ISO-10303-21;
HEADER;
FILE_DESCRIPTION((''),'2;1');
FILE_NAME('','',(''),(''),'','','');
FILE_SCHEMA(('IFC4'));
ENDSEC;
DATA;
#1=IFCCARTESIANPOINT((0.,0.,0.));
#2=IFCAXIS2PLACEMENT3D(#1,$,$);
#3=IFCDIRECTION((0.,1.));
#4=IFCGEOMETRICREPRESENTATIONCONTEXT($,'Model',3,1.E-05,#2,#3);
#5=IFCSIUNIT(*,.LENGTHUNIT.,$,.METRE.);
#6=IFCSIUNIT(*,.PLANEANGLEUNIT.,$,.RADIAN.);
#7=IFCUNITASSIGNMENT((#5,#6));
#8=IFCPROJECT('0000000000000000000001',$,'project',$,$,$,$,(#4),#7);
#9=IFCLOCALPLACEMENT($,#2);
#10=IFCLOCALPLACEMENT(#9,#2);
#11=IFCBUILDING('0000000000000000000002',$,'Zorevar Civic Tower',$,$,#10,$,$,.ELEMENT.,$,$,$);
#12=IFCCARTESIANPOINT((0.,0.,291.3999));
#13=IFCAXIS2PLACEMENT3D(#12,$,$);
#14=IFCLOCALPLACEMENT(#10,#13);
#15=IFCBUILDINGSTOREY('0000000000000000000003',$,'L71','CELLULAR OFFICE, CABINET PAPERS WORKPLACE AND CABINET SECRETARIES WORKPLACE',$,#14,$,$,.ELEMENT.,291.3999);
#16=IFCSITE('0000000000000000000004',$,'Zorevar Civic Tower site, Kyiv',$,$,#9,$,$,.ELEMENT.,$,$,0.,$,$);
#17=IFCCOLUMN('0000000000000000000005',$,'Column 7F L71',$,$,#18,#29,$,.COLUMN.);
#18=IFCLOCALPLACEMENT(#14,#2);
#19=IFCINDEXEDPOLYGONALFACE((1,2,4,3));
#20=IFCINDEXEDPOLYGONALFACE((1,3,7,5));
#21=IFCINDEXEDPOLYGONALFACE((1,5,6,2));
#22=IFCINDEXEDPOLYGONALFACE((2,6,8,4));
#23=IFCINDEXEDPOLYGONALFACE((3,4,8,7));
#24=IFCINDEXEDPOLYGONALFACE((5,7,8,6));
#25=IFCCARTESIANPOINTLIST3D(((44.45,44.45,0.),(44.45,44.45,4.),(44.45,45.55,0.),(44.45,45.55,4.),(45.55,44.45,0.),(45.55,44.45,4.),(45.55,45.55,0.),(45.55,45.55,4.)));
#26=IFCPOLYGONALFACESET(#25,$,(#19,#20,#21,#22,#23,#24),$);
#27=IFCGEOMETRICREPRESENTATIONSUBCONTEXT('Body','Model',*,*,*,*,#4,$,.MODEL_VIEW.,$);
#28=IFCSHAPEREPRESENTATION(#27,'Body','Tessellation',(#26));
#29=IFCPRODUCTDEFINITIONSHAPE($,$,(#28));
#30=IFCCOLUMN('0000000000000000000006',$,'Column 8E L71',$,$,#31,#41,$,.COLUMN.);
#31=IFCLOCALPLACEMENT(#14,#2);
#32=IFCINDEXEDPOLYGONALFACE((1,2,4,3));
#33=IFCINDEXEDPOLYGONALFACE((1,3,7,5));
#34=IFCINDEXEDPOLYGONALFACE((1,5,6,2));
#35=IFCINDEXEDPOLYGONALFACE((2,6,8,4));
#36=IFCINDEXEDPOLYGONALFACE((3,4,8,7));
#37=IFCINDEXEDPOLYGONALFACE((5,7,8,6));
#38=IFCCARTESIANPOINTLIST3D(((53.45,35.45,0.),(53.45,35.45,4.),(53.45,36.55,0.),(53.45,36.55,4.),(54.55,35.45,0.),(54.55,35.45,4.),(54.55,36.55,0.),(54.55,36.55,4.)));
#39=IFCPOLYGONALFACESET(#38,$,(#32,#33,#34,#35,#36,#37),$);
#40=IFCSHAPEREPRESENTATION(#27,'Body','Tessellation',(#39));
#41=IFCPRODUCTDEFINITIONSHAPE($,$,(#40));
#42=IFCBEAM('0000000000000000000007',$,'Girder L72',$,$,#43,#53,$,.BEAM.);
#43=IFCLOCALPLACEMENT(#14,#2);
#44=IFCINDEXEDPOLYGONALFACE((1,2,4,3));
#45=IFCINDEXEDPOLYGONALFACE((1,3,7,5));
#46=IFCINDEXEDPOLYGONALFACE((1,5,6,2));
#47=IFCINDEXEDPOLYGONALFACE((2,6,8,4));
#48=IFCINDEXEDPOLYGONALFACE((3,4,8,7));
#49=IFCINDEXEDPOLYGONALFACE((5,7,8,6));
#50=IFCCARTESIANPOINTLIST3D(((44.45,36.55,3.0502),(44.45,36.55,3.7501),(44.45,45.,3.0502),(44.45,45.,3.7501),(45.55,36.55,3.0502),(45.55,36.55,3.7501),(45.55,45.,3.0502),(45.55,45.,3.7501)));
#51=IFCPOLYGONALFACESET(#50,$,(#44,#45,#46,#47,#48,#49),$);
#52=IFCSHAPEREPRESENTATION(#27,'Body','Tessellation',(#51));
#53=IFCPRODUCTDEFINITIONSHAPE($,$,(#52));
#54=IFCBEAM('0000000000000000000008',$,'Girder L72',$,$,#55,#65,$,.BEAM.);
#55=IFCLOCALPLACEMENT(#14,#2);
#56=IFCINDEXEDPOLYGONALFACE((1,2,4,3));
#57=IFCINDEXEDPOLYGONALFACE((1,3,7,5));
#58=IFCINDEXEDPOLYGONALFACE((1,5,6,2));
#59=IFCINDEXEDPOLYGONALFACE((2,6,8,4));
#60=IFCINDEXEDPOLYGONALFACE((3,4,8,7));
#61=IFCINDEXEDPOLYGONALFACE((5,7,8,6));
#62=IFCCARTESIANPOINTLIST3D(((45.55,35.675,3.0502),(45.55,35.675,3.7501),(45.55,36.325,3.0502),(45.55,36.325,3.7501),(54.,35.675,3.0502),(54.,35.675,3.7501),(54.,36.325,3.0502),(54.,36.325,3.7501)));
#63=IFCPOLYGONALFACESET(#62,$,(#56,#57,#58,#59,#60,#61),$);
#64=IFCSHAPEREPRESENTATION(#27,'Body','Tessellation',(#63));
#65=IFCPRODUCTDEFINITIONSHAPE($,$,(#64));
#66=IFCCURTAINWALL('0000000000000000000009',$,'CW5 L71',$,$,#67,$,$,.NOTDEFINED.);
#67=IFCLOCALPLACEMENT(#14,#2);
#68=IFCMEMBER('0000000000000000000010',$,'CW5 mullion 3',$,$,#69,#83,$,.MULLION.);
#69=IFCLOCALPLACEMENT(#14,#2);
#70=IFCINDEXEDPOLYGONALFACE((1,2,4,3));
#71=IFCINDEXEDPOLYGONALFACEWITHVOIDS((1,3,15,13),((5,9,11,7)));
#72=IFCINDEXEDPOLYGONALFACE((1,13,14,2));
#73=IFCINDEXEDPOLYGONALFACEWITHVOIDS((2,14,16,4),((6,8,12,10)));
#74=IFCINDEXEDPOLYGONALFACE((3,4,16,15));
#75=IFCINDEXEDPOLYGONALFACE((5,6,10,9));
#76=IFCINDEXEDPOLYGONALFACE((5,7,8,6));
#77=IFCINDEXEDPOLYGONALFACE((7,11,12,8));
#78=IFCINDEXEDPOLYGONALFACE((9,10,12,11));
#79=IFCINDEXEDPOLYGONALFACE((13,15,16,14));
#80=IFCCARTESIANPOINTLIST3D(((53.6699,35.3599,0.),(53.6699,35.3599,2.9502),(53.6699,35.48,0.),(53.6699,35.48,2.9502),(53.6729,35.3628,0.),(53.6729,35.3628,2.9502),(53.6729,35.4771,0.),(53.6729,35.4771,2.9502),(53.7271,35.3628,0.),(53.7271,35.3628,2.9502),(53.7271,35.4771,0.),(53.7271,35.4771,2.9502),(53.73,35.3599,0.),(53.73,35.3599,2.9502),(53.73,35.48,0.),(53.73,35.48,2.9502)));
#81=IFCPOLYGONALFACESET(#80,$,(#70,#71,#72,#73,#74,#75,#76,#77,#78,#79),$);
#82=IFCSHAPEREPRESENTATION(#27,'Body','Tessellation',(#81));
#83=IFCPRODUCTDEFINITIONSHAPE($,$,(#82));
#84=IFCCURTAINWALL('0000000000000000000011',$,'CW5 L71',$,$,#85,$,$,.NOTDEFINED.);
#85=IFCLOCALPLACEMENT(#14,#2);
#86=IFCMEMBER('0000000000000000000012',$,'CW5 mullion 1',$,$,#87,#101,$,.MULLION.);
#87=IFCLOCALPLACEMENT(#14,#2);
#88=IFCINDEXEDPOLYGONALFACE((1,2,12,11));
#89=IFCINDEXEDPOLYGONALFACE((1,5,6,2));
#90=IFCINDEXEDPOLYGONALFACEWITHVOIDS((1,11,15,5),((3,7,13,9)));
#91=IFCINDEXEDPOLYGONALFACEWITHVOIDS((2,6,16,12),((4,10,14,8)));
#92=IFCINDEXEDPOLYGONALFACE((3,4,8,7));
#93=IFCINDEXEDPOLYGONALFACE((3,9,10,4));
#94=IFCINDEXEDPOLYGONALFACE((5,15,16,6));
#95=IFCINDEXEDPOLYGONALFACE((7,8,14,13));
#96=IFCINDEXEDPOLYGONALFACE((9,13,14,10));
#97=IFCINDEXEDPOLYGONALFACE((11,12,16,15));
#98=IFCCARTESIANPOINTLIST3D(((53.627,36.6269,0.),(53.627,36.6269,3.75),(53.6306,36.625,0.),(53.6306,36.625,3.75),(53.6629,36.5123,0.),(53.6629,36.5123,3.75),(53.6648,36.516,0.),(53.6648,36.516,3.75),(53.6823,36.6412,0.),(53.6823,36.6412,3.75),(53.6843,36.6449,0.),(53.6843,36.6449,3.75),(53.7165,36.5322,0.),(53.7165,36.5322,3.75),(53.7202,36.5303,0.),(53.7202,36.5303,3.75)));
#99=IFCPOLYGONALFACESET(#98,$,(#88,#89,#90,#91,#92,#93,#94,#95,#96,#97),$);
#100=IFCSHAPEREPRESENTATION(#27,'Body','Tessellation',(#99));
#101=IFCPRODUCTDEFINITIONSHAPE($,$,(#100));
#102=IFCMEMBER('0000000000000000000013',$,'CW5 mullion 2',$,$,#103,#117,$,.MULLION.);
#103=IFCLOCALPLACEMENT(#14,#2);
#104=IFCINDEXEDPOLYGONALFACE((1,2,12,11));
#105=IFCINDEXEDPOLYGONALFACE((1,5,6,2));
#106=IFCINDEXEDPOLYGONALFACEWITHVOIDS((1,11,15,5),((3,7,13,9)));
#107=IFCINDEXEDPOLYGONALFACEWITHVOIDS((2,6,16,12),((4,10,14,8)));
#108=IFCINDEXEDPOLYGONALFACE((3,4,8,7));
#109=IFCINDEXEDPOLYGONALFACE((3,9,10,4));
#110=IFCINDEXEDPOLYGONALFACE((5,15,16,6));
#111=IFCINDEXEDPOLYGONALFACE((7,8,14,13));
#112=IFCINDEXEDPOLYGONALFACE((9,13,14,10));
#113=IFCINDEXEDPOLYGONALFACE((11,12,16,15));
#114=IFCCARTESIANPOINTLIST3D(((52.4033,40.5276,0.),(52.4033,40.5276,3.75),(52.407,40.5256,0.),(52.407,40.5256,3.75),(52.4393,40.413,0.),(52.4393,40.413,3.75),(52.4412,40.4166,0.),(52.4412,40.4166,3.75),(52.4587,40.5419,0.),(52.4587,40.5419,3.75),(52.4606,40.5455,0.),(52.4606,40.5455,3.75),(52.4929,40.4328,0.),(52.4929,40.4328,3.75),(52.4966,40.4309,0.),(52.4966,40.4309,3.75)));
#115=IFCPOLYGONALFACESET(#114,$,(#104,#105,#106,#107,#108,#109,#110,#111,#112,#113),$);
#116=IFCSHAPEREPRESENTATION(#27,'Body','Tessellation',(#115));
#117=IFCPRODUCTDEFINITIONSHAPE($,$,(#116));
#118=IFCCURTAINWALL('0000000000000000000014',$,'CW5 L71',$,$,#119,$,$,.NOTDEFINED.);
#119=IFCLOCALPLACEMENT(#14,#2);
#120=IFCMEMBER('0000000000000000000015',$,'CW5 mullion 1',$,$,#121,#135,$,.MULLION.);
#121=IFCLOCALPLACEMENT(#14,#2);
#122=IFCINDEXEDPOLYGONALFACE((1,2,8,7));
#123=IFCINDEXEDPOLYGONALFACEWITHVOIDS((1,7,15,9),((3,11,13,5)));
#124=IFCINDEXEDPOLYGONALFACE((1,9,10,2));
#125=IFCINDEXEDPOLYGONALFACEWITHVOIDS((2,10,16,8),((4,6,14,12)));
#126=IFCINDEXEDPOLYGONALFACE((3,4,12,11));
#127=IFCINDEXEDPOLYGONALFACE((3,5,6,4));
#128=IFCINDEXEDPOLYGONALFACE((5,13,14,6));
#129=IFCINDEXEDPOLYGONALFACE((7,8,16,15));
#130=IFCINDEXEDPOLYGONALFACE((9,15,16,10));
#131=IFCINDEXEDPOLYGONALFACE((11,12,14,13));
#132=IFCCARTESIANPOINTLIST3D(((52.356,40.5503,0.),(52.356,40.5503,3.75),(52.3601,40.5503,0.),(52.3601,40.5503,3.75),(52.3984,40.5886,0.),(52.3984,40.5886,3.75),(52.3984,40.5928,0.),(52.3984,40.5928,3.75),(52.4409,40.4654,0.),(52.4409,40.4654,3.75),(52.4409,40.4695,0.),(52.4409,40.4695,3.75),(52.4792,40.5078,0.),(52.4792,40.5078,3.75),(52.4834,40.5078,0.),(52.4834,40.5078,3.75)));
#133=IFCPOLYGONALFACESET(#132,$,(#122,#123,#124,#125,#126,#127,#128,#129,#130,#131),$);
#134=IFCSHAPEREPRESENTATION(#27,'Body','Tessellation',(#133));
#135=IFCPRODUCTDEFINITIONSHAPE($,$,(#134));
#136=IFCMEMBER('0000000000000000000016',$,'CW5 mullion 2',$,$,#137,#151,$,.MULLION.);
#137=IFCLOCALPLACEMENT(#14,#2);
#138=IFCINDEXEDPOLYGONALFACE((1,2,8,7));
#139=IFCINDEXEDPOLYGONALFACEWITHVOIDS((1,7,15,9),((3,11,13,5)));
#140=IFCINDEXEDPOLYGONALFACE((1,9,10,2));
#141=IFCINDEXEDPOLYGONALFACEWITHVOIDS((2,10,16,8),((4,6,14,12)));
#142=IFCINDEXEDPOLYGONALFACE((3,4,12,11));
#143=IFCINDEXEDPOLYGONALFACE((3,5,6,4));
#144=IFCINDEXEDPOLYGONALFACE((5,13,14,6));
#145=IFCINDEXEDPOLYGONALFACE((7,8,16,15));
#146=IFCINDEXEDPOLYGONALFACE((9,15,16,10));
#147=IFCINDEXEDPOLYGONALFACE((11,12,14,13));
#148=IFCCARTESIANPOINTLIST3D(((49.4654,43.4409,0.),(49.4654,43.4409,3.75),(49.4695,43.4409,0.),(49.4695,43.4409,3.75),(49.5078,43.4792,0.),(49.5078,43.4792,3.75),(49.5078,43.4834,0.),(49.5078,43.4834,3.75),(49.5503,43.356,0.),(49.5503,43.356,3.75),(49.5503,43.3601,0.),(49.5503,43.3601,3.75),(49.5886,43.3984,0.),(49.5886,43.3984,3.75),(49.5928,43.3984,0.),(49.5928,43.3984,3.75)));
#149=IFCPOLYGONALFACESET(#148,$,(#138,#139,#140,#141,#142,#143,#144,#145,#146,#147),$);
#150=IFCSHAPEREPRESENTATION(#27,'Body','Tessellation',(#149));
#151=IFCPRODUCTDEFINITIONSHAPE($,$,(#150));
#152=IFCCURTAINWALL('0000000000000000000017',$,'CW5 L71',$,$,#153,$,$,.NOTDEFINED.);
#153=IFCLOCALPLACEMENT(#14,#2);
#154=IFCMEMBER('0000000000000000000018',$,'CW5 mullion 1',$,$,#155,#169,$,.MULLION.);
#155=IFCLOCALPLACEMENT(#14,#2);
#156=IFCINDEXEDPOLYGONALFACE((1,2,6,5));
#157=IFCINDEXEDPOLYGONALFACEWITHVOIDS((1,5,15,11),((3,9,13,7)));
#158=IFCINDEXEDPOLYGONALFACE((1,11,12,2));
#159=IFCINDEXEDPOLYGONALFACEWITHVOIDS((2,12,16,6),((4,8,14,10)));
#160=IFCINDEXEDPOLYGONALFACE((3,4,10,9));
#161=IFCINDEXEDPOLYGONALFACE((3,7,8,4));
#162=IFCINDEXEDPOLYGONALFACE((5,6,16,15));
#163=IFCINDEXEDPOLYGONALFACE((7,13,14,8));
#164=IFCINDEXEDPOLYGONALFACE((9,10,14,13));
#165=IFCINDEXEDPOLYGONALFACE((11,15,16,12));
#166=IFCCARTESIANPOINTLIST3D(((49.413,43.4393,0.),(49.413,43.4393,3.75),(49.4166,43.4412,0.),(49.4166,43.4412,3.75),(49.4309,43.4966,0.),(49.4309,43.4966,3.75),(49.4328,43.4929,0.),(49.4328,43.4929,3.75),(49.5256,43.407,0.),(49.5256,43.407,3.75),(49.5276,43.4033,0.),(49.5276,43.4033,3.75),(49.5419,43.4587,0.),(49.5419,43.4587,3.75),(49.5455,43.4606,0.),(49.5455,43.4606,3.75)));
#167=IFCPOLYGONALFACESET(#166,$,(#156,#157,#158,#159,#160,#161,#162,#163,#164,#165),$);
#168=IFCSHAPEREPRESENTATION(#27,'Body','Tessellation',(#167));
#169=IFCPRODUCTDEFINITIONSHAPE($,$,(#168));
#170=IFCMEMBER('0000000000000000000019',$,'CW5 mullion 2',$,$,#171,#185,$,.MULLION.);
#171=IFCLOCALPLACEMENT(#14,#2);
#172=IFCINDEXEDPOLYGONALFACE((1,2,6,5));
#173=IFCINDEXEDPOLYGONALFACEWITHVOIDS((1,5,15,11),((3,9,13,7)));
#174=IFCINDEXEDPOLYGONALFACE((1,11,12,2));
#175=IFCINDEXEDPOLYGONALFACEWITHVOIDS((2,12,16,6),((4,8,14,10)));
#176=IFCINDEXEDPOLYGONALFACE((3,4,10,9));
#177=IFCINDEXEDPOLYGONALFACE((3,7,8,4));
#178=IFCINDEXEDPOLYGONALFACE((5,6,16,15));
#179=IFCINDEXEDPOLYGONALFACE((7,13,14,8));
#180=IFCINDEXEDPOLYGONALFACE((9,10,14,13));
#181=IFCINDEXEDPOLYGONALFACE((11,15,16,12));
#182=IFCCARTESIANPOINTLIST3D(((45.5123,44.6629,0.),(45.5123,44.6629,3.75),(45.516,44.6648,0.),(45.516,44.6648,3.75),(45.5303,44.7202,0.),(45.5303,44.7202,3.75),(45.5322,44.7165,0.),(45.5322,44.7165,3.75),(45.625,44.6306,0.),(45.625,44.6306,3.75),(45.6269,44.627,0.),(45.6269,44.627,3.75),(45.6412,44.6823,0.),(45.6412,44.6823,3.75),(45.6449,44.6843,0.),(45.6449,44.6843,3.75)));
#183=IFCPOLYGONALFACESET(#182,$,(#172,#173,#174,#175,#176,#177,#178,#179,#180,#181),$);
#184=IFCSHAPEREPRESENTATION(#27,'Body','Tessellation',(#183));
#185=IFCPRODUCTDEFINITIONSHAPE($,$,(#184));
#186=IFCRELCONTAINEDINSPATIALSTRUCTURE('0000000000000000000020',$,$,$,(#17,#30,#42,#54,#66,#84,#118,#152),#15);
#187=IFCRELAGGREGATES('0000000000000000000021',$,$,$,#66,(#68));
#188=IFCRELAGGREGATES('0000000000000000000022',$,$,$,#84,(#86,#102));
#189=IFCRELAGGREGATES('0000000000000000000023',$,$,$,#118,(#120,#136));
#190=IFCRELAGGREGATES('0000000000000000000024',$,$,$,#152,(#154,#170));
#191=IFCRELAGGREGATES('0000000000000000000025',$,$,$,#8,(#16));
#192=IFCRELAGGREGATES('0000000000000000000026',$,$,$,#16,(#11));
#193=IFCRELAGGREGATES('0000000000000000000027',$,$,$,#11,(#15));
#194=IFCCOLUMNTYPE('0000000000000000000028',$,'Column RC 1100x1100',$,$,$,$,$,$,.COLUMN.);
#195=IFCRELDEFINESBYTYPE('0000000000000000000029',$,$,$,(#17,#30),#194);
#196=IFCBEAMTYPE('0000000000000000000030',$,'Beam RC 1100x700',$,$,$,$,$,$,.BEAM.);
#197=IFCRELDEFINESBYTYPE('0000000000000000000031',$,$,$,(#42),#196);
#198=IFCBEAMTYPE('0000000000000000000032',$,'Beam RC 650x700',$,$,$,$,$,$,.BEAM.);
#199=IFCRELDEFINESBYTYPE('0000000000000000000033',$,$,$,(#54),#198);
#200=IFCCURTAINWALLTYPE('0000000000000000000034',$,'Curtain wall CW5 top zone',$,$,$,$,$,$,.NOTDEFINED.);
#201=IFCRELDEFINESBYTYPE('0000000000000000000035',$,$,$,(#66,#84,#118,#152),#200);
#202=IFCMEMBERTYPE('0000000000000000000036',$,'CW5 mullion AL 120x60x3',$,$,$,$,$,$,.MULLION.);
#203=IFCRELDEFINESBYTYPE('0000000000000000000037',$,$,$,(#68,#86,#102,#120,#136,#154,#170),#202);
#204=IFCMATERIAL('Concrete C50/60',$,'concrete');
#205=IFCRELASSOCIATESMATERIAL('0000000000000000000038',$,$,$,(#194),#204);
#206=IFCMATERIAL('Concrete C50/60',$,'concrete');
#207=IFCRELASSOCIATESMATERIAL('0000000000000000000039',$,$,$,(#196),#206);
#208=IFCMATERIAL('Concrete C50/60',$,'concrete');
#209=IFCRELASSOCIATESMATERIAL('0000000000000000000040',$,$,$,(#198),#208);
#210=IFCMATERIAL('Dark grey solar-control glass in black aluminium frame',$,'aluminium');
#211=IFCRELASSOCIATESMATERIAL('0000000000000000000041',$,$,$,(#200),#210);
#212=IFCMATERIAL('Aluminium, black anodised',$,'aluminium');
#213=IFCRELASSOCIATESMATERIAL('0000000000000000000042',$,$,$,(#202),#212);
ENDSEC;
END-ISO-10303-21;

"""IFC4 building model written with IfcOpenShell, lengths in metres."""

from ifc_helpers import new_model, si_unit, direction, frame, origin, origin_2d, place, context, subcontext, project, spatial, rectangle, hollow_rectangle, extrude, material, material_profile, profile_set, type_object, element, aggregate, save


model = new_model("IFC4")

# Units and contexts
model_context = context("Model", 3, precision=1e-05, world=origin(), true_north=direction((0.0, 1.0)))
body_context = subcontext(model_context, "Body", "Model", "MODEL_VIEW")
ifc_project = project(units=[si_unit("LENGTHUNIT", "METRE"), si_unit("PLANEANGLEUNIT", "RADIAN")], contexts=[model_context])

# Site, building, storey
site_placement = place(None, origin())
site = spatial("IfcSite", under=ifc_project, at=site_placement, Name="Zorevar Civic Tower site, Kyiv", CompositionType="ELEMENT", RefElevation=0.0)
building_placement = place(site_placement, origin())
building = spatial("IfcBuilding", under=site, at=building_placement, Name="Zorevar Civic Tower", CompositionType="ELEMENT")
storey_placement = place(building_placement, frame((0.0, 0.0, 291.3999)))
storey = spatial("IfcBuildingStorey", under=building, at=storey_placement, Name="L71", Description="CELLULAR OFFICE, CABINET PAPERS WORKPLACE AND CABINET SECRETARIES WORKPLACE", CompositionType="ELEMENT", Elevation=291.3999)

# Columns
ifc_material_1 = material(Name="Concrete C50/60", Category="concrete")
ifc_material_profile_1 = material_profile(ifc_material_1, rectangle(XDim=1.1001, YDim=1.1001, at=origin_2d()), Name="RC 1100x1100")
ifc_profile_set_1 = profile_set([ifc_material_profile_1], Name="Concrete C50/60")
column_type = type_object("IfcColumnType", Name="Column RC 1100x1100", PredefinedType="COLUMN", material=ifc_profile_set_1)
for number, where, z_axis, x_axis, name in (
    (1, (45.0, 45.0, 0.0), (0.0, 0.0, 1.0), (1.0, 0.0, 0.0), "Column 7F L71"),
    (2, (54.0, 36.0, 0.0), (0.0, 0.0, 1.0), (1.0, 0.0, 0.0), "Column 8E L71"),
):
    element("IfcColumn", number, at=place(storey_placement, frame(where, z_axis=z_axis, x_axis=x_axis)), inside=storey, type_object=column_type, Name=name, PredefinedType="COLUMN", context=body_context, shape_type="SweptSolid", body=[
        extrude(rectangle(XDim=1.1001, YDim=1.1001, at=origin_2d()), origin(), (0.0, 0.0, 1.0), 4.0),
    ])

# Beams
ifc_material_2 = material(Name="Concrete C50/60", Category="concrete")
ifc_material_profile_2 = material_profile(ifc_material_2, rectangle(XDim=1.1001, YDim=0.7, at=origin_2d()), Name="RC 1100x700")
ifc_profile_set_2 = profile_set([ifc_material_profile_2], Name="Concrete C50/60")
beam_type_1 = type_object("IfcBeamType", Name="Beam RC 1100x700", PredefinedType="BEAM", material=ifc_profile_set_2)
beam_1_placement = place(storey_placement, frame((45.0, 36.55, 3.4001), z_axis=(0.0, 1.0, 0.0), x_axis=(-1.0, 0.0, 0.0)))
element("IfcBeam", 3, at=beam_1_placement, inside=storey, type_object=beam_type_1, Name="Girder L72", PredefinedType="BEAM", context=body_context, shape_type="SweptSolid", body=[
    extrude(rectangle(XDim=1.1001, YDim=0.7, at=origin_2d()), origin(), (0.0, 0.0, 1.0), 8.45),
])
ifc_material_3 = material(Name="Concrete C50/60", Category="concrete")
ifc_material_profile_3 = material_profile(ifc_material_3, rectangle(XDim=0.6499, YDim=0.7, at=origin_2d()), Name="RC 650x700")
ifc_profile_set_3 = profile_set([ifc_material_profile_3], Name="Concrete C50/60")
beam_type_2 = type_object("IfcBeamType", Name="Beam RC 650x700", PredefinedType="BEAM", material=ifc_profile_set_3)
beam_2_placement = place(storey_placement, frame((45.55, 36.0, 3.4001), z_axis=(1.0, 0.0, 0.0), x_axis=(0.0, 1.0, 0.0)))
element("IfcBeam", 4, at=beam_2_placement, inside=storey, type_object=beam_type_2, Name="Girder L72", PredefinedType="BEAM", context=body_context, shape_type="SweptSolid", body=[
    extrude(rectangle(XDim=0.6499, YDim=0.7, at=origin_2d()), origin(), (0.0, 0.0, 1.0), 8.45),
])

# Curtain wall, member
ifc_material_4 = material(Name="Dark grey solar-control glass in black aluminium frame", Category="aluminium")
curtain_wall_type = type_object("IfcCurtainWallType", Name="Curtain wall CW5 top zone", PredefinedType="NOTDEFINED", material=ifc_material_4)
curtain_wall_1_placement = place(storey_placement, origin())
curtain_wall_1 = element("IfcCurtainWall", 5, at=curtain_wall_1_placement, inside=storey, type_object=curtain_wall_type, Name="CW5 L71", PredefinedType="NOTDEFINED")
ifc_material_5 = material(Name="Aluminium, black anodised", Category="aluminium")
ifc_material_profile_4 = material_profile(ifc_material_5, hollow_rectangle(XDim=0.0601, YDim=0.1201, WallThickness=0.0029, at=origin_2d()), Name="AL 120x60x3")
ifc_profile_set_4 = profile_set([ifc_material_profile_4], Name="Aluminium, black anodised")
member_type_1 = type_object("IfcMemberType", Name="CW5 mullion AL 120x60x3", PredefinedType="MULLION", material=ifc_profile_set_4)
member_1_placement = place(storey_placement, frame((53.7, 35.4199, 0.0), z_axis=(0.0, 0.0, 1.0), x_axis=(-1.0, 0.0, 0.0)))
member_1 = element("IfcMember", 6, at=member_1_placement, type_object=member_type_1, Name="CW5 mullion 3", PredefinedType="MULLION", context=body_context, shape_type="SweptSolid", body=[
    extrude(hollow_rectangle(XDim=0.0601, YDim=0.1201, WallThickness=0.0029, at=origin_2d()), origin(), (0.0, 0.0, 1.0), 2.9502),
])
aggregate(curtain_wall_1, [member_1])

# Curtain walls, members
curtain_wall_2_placement = place(storey_placement, origin())
curtain_wall_2 = element("IfcCurtainWall", 7, at=curtain_wall_2_placement, inside=storey, type_object=curtain_wall_type, Name="CW5 L71", PredefinedType="NOTDEFINED")
member_2_placement = place(storey_placement, frame((53.6736, 36.5786, 0.0), z_axis=(0.0, 0.0, 1.0), x_axis=(-0.954153, -0.299318, 0.0)))
member_2 = element("IfcMember", 8, at=member_2_placement, type_object=member_type_1, Name="CW5 mullion 1", PredefinedType="MULLION", context=body_context, shape_type="SweptSolid", body=[
    extrude(hollow_rectangle(XDim=0.0601, YDim=0.1201, WallThickness=0.0029, at=origin_2d()), origin(), (0.0, 0.0, 1.0), 3.75),
])
member_3_placement = place(storey_placement, frame((52.45, 40.4792, 0.0), z_axis=(0.0, 0.0, 1.0), x_axis=(-0.954153, -0.299318, 0.0)))
member_3 = element("IfcMember", 9, at=member_3_placement, type_object=member_type_1, Name="CW5 mullion 2", PredefinedType="MULLION", context=body_context, shape_type="SweptSolid", body=[
    extrude(hollow_rectangle(XDim=0.0601, YDim=0.1201, WallThickness=0.0029, at=origin_2d()), origin(), (0.0, 0.0, 1.0), 3.75),
])
curtain_wall_3_placement = place(storey_placement, origin())
curtain_wall_3 = element("IfcCurtainWall", 10, at=curtain_wall_3_placement, inside=storey, type_object=curtain_wall_type, Name="CW5 L71", PredefinedType="NOTDEFINED")
member_4_placement = place(storey_placement, frame((52.4197, 40.5291, 0.0), z_axis=(0.0, 0.0, 1.0), x_axis=(-0.707107, -0.707107, 0.0)))
member_4 = element("IfcMember", 11, at=member_4_placement, type_object=member_type_1, Name="CW5 mullion 1", PredefinedType="MULLION", context=body_context, shape_type="SweptSolid", body=[
    extrude(hollow_rectangle(XDim=0.0601, YDim=0.1201, WallThickness=0.0029, at=origin_2d()), origin(), (0.0, 0.0, 1.0), 3.75),
])
member_5_placement = place(storey_placement, frame((49.5291, 43.4197, 0.0), z_axis=(0.0, 0.0, 1.0), x_axis=(-0.707107, -0.707107, 0.0)))
member_5 = element("IfcMember", 12, at=member_5_placement, type_object=member_type_1, Name="CW5 mullion 2", PredefinedType="MULLION", context=body_context, shape_type="SweptSolid", body=[
    extrude(hollow_rectangle(XDim=0.0601, YDim=0.1201, WallThickness=0.0029, at=origin_2d()), origin(), (0.0, 0.0, 1.0), 3.75),
])
curtain_wall_4_placement = place(storey_placement, origin())
curtain_wall_4 = element("IfcCurtainWall", 13, at=curtain_wall_4_placement, inside=storey, type_object=curtain_wall_type, Name="CW5 L71", PredefinedType="NOTDEFINED")
member_6_placement = place(storey_placement, frame((49.4792, 43.45, 0.0), z_axis=(0.0, 0.0, 1.0), x_axis=(-0.299318, -0.954153, 0.0)))
member_6 = element("IfcMember", 14, at=member_6_placement, type_object=member_type_1, Name="CW5 mullion 1", PredefinedType="MULLION", context=body_context, shape_type="SweptSolid", body=[
    extrude(hollow_rectangle(XDim=0.0601, YDim=0.1201, WallThickness=0.0029, at=origin_2d()), origin(), (0.0, 0.0, 1.0), 3.75),
])
member_7_placement = place(storey_placement, frame((45.5786, 44.6736, 0.0), z_axis=(0.0, 0.0, 1.0), x_axis=(-0.299318, -0.954153, 0.0)))
member_7 = element("IfcMember", 15, at=member_7_placement, type_object=member_type_1, Name="CW5 mullion 2", PredefinedType="MULLION", context=body_context, shape_type="SweptSolid", body=[
    extrude(hollow_rectangle(XDim=0.0601, YDim=0.1201, WallThickness=0.0029, at=origin_2d()), origin(), (0.0, 0.0, 1.0), 3.75),
])

aggregate(curtain_wall_2, [member_2, member_3])
aggregate(curtain_wall_3, [member_4, member_5])
aggregate(curtain_wall_4, [member_6, member_7])

save(model, "model.ifc")
